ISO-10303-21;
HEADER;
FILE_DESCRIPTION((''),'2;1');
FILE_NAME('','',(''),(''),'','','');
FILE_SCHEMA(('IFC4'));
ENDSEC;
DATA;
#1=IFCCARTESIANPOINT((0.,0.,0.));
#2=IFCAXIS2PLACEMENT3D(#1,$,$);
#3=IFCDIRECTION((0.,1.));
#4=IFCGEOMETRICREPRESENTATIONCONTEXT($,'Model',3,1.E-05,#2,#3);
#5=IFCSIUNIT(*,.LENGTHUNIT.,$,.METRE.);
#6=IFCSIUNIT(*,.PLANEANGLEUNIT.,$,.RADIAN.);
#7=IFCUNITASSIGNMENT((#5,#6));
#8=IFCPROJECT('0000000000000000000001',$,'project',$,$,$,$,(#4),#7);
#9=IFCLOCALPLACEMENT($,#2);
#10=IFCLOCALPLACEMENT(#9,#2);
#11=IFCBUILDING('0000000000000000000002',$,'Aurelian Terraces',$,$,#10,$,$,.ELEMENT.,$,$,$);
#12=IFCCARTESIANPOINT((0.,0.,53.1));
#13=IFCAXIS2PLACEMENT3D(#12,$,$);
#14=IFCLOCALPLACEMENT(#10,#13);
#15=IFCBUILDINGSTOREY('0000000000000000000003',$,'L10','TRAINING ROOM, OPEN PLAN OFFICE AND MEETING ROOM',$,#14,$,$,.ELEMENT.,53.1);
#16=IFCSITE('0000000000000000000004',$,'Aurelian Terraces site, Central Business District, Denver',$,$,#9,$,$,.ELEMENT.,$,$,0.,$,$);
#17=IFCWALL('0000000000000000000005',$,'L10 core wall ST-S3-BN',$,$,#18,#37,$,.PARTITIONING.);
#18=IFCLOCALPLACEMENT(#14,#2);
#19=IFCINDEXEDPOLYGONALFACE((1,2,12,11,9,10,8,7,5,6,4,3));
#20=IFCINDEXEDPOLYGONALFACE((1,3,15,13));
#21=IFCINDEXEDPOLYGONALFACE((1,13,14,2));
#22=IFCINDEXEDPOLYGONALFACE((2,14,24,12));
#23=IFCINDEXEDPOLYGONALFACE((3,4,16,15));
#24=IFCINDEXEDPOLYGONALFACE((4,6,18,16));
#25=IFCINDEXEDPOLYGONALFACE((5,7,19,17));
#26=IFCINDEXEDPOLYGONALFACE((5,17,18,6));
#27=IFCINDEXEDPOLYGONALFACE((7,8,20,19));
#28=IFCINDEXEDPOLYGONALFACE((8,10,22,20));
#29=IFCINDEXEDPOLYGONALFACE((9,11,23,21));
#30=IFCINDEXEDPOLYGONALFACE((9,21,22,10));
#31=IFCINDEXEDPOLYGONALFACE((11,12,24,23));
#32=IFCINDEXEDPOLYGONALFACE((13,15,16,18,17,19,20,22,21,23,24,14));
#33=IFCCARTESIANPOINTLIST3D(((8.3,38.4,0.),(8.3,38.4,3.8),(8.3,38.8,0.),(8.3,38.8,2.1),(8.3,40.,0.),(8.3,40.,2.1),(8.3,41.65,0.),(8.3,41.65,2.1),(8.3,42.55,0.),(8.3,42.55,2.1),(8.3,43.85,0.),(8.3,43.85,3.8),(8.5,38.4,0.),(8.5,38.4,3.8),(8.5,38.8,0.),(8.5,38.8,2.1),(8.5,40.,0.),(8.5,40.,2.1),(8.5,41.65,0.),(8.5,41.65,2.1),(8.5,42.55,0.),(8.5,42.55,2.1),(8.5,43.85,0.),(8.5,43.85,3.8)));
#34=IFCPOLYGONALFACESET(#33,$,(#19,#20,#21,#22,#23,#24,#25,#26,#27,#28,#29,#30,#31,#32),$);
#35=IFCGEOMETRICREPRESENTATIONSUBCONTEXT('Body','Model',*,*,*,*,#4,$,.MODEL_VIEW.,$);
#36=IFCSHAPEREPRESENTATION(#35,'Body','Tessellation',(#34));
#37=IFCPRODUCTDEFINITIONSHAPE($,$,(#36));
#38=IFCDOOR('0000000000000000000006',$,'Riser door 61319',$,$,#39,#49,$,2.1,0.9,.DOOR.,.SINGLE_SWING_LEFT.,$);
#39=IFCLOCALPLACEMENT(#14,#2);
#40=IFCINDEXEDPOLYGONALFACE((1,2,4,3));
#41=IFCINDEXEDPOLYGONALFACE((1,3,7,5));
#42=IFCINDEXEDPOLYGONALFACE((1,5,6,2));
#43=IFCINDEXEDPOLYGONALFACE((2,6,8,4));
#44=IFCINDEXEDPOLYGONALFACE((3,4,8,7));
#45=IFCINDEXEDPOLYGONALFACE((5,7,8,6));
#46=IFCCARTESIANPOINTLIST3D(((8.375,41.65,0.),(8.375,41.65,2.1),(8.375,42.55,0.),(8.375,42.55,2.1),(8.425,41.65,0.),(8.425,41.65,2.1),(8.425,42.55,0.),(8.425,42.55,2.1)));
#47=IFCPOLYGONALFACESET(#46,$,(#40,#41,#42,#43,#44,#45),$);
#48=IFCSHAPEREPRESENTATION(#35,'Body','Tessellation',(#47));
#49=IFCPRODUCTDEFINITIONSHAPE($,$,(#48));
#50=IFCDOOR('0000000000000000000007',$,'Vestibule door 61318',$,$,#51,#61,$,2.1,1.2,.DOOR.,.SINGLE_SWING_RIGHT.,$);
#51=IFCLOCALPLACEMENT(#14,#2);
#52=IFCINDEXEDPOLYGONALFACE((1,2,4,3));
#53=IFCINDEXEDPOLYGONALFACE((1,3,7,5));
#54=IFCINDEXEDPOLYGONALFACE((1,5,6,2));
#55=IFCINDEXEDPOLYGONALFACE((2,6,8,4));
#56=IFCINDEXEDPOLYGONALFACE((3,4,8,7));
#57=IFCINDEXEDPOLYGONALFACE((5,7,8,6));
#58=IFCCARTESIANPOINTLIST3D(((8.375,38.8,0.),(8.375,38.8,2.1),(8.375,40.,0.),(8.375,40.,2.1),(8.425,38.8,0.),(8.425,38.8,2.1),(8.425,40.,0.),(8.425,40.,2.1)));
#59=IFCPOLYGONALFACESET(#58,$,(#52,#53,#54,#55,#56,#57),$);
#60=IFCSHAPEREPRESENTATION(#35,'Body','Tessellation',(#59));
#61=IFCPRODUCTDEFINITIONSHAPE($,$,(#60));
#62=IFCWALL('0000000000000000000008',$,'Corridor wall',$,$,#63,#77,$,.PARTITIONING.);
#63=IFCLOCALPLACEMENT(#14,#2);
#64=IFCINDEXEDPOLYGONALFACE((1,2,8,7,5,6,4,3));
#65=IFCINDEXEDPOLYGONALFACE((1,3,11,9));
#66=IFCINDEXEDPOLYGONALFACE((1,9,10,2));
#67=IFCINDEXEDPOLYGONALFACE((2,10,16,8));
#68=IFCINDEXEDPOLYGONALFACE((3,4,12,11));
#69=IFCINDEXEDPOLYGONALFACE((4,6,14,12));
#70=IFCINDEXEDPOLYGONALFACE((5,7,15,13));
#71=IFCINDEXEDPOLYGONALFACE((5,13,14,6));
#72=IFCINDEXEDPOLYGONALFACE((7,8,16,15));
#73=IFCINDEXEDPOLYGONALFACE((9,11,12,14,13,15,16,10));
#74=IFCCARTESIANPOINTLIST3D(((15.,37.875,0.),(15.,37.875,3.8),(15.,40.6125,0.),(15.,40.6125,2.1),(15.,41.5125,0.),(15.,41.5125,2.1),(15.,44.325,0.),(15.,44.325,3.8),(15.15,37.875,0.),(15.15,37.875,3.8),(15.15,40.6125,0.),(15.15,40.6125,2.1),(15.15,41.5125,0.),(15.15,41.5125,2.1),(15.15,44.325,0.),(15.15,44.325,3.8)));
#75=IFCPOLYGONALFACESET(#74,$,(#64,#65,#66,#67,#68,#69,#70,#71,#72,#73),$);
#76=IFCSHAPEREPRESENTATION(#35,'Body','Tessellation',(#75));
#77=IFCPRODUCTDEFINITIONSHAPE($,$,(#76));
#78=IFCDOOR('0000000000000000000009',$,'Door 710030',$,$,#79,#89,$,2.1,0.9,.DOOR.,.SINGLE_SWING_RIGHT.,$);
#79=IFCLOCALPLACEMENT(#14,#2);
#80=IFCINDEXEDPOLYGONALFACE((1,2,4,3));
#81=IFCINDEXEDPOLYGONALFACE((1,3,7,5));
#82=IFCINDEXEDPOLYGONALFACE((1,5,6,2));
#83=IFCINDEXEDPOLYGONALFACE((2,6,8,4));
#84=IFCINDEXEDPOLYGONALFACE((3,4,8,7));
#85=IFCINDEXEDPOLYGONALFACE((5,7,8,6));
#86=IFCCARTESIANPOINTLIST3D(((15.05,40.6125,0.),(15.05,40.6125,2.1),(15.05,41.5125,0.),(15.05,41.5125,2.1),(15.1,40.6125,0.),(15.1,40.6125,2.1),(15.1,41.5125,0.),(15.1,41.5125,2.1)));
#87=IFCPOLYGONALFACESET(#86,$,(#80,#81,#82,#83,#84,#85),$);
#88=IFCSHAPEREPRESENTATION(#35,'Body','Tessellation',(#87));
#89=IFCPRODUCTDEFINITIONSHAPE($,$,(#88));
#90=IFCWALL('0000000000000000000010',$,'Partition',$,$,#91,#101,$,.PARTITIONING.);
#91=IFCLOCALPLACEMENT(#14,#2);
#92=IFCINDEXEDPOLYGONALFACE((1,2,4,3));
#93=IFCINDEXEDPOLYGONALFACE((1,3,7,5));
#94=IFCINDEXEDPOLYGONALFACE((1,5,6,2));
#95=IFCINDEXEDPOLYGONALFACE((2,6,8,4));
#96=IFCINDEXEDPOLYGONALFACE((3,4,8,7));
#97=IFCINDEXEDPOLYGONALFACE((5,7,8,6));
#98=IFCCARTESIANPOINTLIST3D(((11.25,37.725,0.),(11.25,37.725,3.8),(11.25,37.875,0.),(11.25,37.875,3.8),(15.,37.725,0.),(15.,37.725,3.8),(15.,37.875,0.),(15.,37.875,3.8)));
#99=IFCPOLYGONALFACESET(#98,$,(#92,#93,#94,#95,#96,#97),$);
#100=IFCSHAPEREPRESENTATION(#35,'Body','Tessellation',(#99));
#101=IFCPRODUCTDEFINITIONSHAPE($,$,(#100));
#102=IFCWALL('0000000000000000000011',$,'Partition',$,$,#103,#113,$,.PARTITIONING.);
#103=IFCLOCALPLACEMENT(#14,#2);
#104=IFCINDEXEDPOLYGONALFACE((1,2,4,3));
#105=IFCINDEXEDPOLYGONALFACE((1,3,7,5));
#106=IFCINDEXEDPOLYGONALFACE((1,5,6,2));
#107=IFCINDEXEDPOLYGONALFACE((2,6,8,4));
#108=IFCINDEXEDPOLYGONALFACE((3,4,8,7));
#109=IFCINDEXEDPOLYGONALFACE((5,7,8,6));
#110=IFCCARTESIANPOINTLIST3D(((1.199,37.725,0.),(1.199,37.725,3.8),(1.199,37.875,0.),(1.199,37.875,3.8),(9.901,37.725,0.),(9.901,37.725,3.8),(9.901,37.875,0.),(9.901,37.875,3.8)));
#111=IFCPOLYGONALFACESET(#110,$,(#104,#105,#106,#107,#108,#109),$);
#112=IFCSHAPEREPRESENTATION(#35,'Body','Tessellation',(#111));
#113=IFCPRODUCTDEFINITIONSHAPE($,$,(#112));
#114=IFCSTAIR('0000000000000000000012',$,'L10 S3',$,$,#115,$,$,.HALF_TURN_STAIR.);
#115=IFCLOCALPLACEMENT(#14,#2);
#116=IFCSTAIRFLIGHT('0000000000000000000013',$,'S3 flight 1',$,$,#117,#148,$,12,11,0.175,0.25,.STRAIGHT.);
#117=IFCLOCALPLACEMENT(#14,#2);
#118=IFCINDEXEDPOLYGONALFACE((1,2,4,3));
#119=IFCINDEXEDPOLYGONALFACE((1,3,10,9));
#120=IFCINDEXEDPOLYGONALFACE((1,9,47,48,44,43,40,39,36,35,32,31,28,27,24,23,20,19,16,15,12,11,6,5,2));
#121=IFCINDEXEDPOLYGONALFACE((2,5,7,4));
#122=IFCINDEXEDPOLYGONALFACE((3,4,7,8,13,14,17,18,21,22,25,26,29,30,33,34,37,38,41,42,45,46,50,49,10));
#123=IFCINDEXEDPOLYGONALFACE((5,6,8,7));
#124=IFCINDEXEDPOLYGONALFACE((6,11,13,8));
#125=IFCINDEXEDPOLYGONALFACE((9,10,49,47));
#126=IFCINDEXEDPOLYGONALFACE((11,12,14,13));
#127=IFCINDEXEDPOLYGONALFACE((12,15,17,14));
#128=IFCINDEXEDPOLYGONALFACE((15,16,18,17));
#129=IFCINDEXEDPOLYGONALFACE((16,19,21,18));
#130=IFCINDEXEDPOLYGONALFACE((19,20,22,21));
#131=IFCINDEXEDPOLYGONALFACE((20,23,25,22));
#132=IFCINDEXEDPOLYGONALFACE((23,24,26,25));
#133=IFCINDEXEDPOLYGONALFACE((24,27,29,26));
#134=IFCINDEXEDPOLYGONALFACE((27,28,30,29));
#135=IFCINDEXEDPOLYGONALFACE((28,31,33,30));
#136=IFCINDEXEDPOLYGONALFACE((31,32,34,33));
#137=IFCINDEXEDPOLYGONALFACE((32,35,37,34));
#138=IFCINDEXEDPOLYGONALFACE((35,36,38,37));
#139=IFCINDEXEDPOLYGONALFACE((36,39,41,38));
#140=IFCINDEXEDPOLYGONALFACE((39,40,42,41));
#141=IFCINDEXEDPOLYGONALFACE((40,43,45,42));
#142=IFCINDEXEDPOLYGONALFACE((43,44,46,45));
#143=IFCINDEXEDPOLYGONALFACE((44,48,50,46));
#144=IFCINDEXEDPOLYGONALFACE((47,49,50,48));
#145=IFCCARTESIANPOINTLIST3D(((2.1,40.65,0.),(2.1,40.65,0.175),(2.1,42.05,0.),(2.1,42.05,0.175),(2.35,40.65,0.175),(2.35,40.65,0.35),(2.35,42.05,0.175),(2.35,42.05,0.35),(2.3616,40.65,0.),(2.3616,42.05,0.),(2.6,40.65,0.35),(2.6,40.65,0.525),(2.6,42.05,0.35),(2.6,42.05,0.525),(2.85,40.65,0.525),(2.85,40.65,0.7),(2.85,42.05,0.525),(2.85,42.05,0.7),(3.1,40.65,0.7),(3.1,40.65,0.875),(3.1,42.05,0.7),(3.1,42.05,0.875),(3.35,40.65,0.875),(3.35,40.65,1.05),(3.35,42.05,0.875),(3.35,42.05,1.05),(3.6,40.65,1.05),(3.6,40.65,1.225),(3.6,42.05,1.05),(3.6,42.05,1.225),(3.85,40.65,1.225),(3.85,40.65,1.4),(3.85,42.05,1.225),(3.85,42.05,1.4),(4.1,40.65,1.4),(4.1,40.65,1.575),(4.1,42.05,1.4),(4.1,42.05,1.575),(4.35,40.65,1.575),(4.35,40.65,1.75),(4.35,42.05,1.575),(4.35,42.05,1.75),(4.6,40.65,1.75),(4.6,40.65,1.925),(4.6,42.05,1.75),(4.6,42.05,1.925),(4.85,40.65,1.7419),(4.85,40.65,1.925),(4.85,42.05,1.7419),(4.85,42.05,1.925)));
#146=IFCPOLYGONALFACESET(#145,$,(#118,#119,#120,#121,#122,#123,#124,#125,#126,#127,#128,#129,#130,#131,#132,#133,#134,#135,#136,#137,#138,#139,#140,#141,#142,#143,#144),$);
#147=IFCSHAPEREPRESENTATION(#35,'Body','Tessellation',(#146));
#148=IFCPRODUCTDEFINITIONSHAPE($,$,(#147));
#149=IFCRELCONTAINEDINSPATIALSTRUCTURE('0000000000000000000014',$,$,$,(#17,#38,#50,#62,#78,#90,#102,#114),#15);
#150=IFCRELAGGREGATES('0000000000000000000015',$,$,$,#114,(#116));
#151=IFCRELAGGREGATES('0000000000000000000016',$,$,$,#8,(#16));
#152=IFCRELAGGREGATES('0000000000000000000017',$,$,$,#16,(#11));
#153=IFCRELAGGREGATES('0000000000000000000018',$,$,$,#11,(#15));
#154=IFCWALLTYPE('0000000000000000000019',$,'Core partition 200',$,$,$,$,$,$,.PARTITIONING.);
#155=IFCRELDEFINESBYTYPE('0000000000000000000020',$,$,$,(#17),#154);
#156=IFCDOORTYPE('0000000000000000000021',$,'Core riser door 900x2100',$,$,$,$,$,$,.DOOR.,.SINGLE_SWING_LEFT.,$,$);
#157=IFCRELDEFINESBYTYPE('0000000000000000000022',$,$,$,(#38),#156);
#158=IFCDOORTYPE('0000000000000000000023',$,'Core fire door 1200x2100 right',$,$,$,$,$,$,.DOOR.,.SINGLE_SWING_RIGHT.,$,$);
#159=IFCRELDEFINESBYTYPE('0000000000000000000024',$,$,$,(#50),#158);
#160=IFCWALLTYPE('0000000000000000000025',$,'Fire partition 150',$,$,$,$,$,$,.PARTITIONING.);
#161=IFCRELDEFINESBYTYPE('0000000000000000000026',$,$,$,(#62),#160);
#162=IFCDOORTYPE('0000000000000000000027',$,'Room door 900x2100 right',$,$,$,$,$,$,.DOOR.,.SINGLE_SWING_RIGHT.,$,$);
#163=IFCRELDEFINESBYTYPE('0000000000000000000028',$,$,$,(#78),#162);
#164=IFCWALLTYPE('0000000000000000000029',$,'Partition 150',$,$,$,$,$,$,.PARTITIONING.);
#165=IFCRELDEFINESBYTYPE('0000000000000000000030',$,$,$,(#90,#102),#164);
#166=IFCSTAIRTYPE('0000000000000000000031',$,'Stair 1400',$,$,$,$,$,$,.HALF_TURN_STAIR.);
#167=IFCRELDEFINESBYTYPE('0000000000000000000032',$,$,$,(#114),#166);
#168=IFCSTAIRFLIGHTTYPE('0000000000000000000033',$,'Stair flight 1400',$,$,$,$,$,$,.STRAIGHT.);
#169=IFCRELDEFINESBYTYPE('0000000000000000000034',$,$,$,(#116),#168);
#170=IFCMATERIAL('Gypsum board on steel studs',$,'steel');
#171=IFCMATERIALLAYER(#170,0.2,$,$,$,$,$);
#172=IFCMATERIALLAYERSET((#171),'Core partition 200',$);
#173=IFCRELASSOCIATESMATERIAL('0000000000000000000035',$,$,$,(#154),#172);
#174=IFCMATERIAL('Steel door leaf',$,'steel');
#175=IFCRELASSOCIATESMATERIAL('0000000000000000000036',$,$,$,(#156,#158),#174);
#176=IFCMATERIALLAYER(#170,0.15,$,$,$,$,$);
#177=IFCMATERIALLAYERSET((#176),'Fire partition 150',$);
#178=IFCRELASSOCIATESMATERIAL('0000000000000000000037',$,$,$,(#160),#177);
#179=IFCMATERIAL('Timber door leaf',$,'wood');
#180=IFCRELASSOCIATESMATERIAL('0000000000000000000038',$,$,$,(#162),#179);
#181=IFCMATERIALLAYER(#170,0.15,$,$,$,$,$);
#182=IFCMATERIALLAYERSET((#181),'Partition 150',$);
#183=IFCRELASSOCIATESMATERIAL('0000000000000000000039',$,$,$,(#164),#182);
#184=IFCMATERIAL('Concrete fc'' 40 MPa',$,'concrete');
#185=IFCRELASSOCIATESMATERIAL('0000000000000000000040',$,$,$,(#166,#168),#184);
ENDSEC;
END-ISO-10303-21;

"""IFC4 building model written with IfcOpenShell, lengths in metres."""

from ifc_helpers import new_model, si_unit, direction, frame, frame_2d, origin, place, context, subcontext, project, spatial, polyline, rectangle, outline, extrude, source, transform, mapped, material, layer, layer_set, type_object, element, fill, aggregate, save


model = new_model("IFC4")

# Units and contexts
model_context = context("Model", 3, precision=1e-05, world=origin(), true_north=direction((0.0, 1.0)))
body_context = subcontext(model_context, "Body", "Model", "MODEL_VIEW")
ifc_project = project(units=[si_unit("LENGTHUNIT", "METRE"), si_unit("PLANEANGLEUNIT", "RADIAN")], contexts=[model_context])

# Site, building, storey
site_placement = place(None, origin())
site = spatial("IfcSite", under=ifc_project, at=site_placement, Name="Aurelian Terraces site, Central Business District, Denver", CompositionType="ELEMENT", RefElevation=0.0)
building_placement = place(site_placement, origin())
building = spatial("IfcBuilding", under=site, at=building_placement, Name="Aurelian Terraces", CompositionType="ELEMENT")
storey_placement = place(building_placement, frame((0.0, 0.0, 53.1)))
storey = spatial("IfcBuildingStorey", under=building, at=storey_placement, Name="L10", Description="TRAINING ROOM, OPEN PLAN OFFICE AND MEETING ROOM", CompositionType="ELEMENT", Elevation=53.1)

# Shared definitions
ifc_material_1 = material(Name="Concrete fc' 40 MPa", Category="concrete")
ifc_material_2 = material(Name="Steel door leaf", Category="steel")

# Shared definitions
ifc_material_3 = material(Name="Gypsum board on steel studs", Category="steel")
ifc_layer_1 = layer(ifc_material_3, 0.2)
ifc_layer_set_1 = layer_set([ifc_layer_1], Name="Core partition 200")
wall_type_1 = type_object("IfcWallType", Name="Core partition 200", PredefinedType="PARTITIONING", material=ifc_layer_set_1)

# Wall, openings, doors
shared_shape_1 = source(origin(), body_context, "Body", "SweptSolid", [
    extrude(rectangle(XDim=5.45, YDim=0.2, at=frame_2d((2.725, 0.0))), origin(), (0.0, 0.0, 1.0), 3.8),
])
wall_1_placement = place(storey_placement, frame((8.4, 38.4, 0.0), z_axis=(0.0, 0.0, 1.0), x_axis=(0.0, 1.0, 0.0)))
wall_1 = element("IfcWall", 1, at=wall_1_placement, inside=storey, type_object=wall_type_1, Name="L10 core wall ST-S3-BN", PredefinedType="PARTITIONING", context=body_context, shape_type="MappedRepresentation", body=[
    mapped(shared_shape_1, transform((0.0, 0.0, 0.0), scale=1.0)),
])
shared_shape_2 = source(origin(), body_context, "Body", "SweptSolid", [
    extrude(rectangle(XDim=1.2, YDim=2.1, at=frame_2d((0.6, 1.05))), frame((0.0, 0.11, 0.0), z_axis=(0.0, -1.0, 0.0), x_axis=(1.0, 0.0, 0.0)), (0.0, 0.0, 1.0), 0.22),
])
opening_1_placement = place(wall_1_placement, frame((0.4, 0.0, 0.0)))
opening_1 = element("IfcOpeningElement", 2, at=opening_1_placement, cuts=wall_1, PredefinedType="OPENING", context=body_context, shape_type="MappedRepresentation", body=[
    mapped(shared_shape_2, transform((0.0, 0.0, 0.0), scale=1.0)),
])
shared_shape_3 = source(origin(), body_context, "Body", "SweptSolid", [
    extrude(rectangle(XDim=0.9, YDim=2.1, at=frame_2d((0.45, 1.05))), frame((0.0, 0.11, 0.0), z_axis=(0.0, -1.0, 0.0), x_axis=(1.0, 0.0, 0.0)), (0.0, 0.0, 1.0), 0.22),
])
opening_2_placement = place(wall_1_placement, frame((3.25, 0.0, 0.0)))
opening_2 = element("IfcOpeningElement", 3, at=opening_2_placement, cuts=wall_1, PredefinedType="OPENING", context=body_context, shape_type="MappedRepresentation", body=[
    mapped(shared_shape_3, transform((0.0, 0.0, 0.0), scale=1.0)),
])
door_type_1 = type_object("IfcDoorType", Name="Core riser door 900x2100", OperationType="SINGLE_SWING_LEFT", PredefinedType="DOOR", material=ifc_material_2)
shared_shape_4 = source(origin(), body_context, "Body", "SweptSolid", [
    extrude(rectangle(XDim=0.9, YDim=2.1, at=frame_2d((0.45, 1.05))), frame((0.0, 0.025, 0.0), z_axis=(0.0, -1.0, 0.0), x_axis=(1.0, 0.0, 0.0)), (0.0, 0.0, 1.0), 0.05),
])
door_1_placement = place(opening_2_placement, origin())
door_1 = element("IfcDoor", 4, at=door_1_placement, inside=storey, type_object=door_type_1, Name="Riser door 61319", OperationType="SINGLE_SWING_LEFT", OverallHeight=2.1, OverallWidth=0.9, PredefinedType="DOOR", context=body_context, shape_type="MappedRepresentation", body=[
    mapped(shared_shape_4, transform((0.0, 0.0, 0.0), scale=1.0)),
])
fill(opening_2, door_1)
door_type_2 = type_object("IfcDoorType", Name="Core fire door 1200x2100 right", OperationType="SINGLE_SWING_RIGHT", PredefinedType="DOOR", material=ifc_material_2)
shared_shape_5 = source(origin(), body_context, "Body", "SweptSolid", [
    extrude(rectangle(XDim=1.2, YDim=2.1, at=frame_2d((0.6, 1.05))), frame((0.0, 0.025, 0.0), z_axis=(0.0, -1.0, 0.0), x_axis=(1.0, 0.0, 0.0)), (0.0, 0.0, 1.0), 0.05),
])
door_2_placement = place(opening_1_placement, origin())
door_2 = element("IfcDoor", 5, at=door_2_placement, inside=storey, type_object=door_type_2, Name="Vestibule door 61318", OperationType="SINGLE_SWING_RIGHT", OverallHeight=2.1, OverallWidth=1.2, PredefinedType="DOOR", context=body_context, shape_type="MappedRepresentation", body=[
    mapped(shared_shape_5, transform((0.0, 0.0, 0.0), scale=1.0)),
])
fill(opening_1, door_2)

# Wall, opening, door
ifc_layer_2 = layer(ifc_material_3, 0.15)
ifc_layer_set_2 = layer_set([ifc_layer_2], Name="Fire partition 150")
wall_type_2 = type_object("IfcWallType", Name="Fire partition 150", PredefinedType="PARTITIONING", material=ifc_layer_set_2)
shared_shape_6 = source(origin(), body_context, "Body", "SweptSolid", [
    extrude(rectangle(XDim=6.45, YDim=0.15, at=frame_2d((3.225, 0.0))), origin(), (0.0, 0.0, 1.0), 3.8),
])
wall_2_placement = place(storey_placement, frame((15.075, 37.875, 0.0), z_axis=(0.0, 0.0, 1.0), x_axis=(0.0, 1.0, 0.0)))
wall_2 = element("IfcWall", 6, at=wall_2_placement, inside=storey, type_object=wall_type_2, Name="Corridor wall", PredefinedType="PARTITIONING", context=body_context, shape_type="MappedRepresentation", body=[
    mapped(shared_shape_6, transform((0.0, 0.0, 0.0), scale=1.0)),
])
shared_shape_7 = source(origin(), body_context, "Body", "SweptSolid", [
    extrude(rectangle(XDim=0.9, YDim=2.1, at=frame_2d((0.45, 1.05))), frame((0.0, 0.085, 0.0), z_axis=(0.0, -1.0, 0.0), x_axis=(1.0, 0.0, 0.0)), (0.0, 0.0, 1.0), 0.17),
])
opening_3_placement = place(wall_2_placement, frame((2.7375, 0.0, 0.0)))
opening_3 = element("IfcOpeningElement", 7, at=opening_3_placement, cuts=wall_2, PredefinedType="OPENING", context=body_context, shape_type="MappedRepresentation", body=[
    mapped(shared_shape_7, transform((0.0, 0.0, 0.0), scale=1.0)),
])
ifc_material_4 = material(Name="Timber door leaf", Category="wood")
door_type_3 = type_object("IfcDoorType", Name="Room door 900x2100 right", OperationType="SINGLE_SWING_RIGHT", PredefinedType="DOOR", material=ifc_material_4)
door_3_placement = place(opening_3_placement, origin())
door_3 = element("IfcDoor", 8, at=door_3_placement, inside=storey, type_object=door_type_3, Name="Door 710030", OperationType="SINGLE_SWING_RIGHT", OverallHeight=2.1, OverallWidth=0.9, PredefinedType="DOOR", context=body_context, shape_type="MappedRepresentation", body=[
    mapped(shared_shape_4, transform((0.0, 0.0, 0.0), scale=1.0)),
])
fill(opening_3, door_3)

# Walls
ifc_layer_3 = layer(ifc_material_3, 0.15)
ifc_layer_set_3 = layer_set([ifc_layer_3], Name="Partition 150")
wall_type_3 = type_object("IfcWallType", Name="Partition 150", PredefinedType="PARTITIONING", material=ifc_layer_set_3)
shared_shape_8 = source(origin(), body_context, "Body", "SweptSolid", [
    extrude(rectangle(XDim=3.75, YDim=0.15, at=frame_2d((1.875, 0.0))), origin(), (0.0, 0.0, 1.0), 3.8),
])
wall_3_placement = place(storey_placement, frame((15.0, 37.8, 0.0), z_axis=(0.0, 0.0, 1.0), x_axis=(-1.0, 0.0, 0.0)))
element("IfcWall", 9, at=wall_3_placement, inside=storey, type_object=wall_type_3, Name="Partition", PredefinedType="PARTITIONING", context=body_context, shape_type="MappedRepresentation", body=[
    mapped(shared_shape_8, transform((0.0, 0.0, 0.0), scale=1.0)),
])
shared_shape_9 = source(origin(), body_context, "Body", "SweptSolid", [
    extrude(rectangle(XDim=8.702, YDim=0.15, at=frame_2d((4.351, 0.0))), origin(), (0.0, 0.0, 1.0), 3.8),
])
wall_4_placement = place(storey_placement, frame((9.901, 37.8, 0.0), z_axis=(0.0, 0.0, 1.0), x_axis=(-1.0, 0.0, 0.0)))
element("IfcWall", 10, at=wall_4_placement, inside=storey, type_object=wall_type_3, Name="Partition", PredefinedType="PARTITIONING", context=body_context, shape_type="MappedRepresentation", body=[
    mapped(shared_shape_9, transform((0.0, 0.0, 0.0), scale=1.0)),
])

# Stair, stair flight
stair_type = type_object("IfcStairType", Name="Stair 1400", PredefinedType="HALF_TURN_STAIR", material=ifc_material_1)
stair_placement = place(storey_placement, origin())
stair = element("IfcStair", 11, at=stair_placement, inside=storey, type_object=stair_type, Name="L10 S3", PredefinedType="HALF_TURN_STAIR")
stair_flight_type = type_object("IfcStairFlightType", Name="Stair flight 1400", PredefinedType="STRAIGHT", material=ifc_material_1)
shared_shape_10 = source(origin(), body_context, "Body", "SweptSolid", [
    extrude(outline(polyline([(0.0, 0.0), (0.0, 0.175), (0.25, 0.175), (0.25, 0.35), (0.5, 0.35), (0.5, 0.525), (0.75, 0.525), (0.75, 0.7), (1.0, 0.7), (1.0, 0.875), (1.25, 0.875), (1.25, 1.05), (1.5, 1.05), (1.5, 1.225), (1.75, 1.225), (1.75, 1.4), (2.0, 1.4), (2.0, 1.575), (2.25, 1.575), (2.25, 1.75), (2.5, 1.75), (2.5, 1.925), (2.75, 1.925), (2.75, 2.1), (2.75, 1.7419), (0.2616, 0.0), (0.0, 0.0)])), frame((0.0, 0.7, 0.0), z_axis=(0.0, -1.0, 0.0), x_axis=(1.0, 0.0, 0.0)), (0.0, 0.0, 1.0), 1.4),
])
stair_flight_1_placement = place(storey_placement, frame((2.1, 41.35, 0.0), z_axis=(0.0, 0.0, 1.0), x_axis=(1.0, 0.0, 0.0)))
stair_flight_1 = element("IfcStairFlight", 12, at=stair_flight_1_placement, type_object=stair_flight_type, Name="S3 flight 1", NumberOfRisers=12, NumberOfTreads=11, PredefinedType="STRAIGHT", RiserHeight=0.175, TreadLength=0.25, context=body_context, shape_type="MappedRepresentation", body=[
    mapped(shared_shape_10, transform((0.0, 0.0, 0.0), scale=1.0)),
])
aggregate(stair, [stair_flight_1])

save(model, "model.ifc")
